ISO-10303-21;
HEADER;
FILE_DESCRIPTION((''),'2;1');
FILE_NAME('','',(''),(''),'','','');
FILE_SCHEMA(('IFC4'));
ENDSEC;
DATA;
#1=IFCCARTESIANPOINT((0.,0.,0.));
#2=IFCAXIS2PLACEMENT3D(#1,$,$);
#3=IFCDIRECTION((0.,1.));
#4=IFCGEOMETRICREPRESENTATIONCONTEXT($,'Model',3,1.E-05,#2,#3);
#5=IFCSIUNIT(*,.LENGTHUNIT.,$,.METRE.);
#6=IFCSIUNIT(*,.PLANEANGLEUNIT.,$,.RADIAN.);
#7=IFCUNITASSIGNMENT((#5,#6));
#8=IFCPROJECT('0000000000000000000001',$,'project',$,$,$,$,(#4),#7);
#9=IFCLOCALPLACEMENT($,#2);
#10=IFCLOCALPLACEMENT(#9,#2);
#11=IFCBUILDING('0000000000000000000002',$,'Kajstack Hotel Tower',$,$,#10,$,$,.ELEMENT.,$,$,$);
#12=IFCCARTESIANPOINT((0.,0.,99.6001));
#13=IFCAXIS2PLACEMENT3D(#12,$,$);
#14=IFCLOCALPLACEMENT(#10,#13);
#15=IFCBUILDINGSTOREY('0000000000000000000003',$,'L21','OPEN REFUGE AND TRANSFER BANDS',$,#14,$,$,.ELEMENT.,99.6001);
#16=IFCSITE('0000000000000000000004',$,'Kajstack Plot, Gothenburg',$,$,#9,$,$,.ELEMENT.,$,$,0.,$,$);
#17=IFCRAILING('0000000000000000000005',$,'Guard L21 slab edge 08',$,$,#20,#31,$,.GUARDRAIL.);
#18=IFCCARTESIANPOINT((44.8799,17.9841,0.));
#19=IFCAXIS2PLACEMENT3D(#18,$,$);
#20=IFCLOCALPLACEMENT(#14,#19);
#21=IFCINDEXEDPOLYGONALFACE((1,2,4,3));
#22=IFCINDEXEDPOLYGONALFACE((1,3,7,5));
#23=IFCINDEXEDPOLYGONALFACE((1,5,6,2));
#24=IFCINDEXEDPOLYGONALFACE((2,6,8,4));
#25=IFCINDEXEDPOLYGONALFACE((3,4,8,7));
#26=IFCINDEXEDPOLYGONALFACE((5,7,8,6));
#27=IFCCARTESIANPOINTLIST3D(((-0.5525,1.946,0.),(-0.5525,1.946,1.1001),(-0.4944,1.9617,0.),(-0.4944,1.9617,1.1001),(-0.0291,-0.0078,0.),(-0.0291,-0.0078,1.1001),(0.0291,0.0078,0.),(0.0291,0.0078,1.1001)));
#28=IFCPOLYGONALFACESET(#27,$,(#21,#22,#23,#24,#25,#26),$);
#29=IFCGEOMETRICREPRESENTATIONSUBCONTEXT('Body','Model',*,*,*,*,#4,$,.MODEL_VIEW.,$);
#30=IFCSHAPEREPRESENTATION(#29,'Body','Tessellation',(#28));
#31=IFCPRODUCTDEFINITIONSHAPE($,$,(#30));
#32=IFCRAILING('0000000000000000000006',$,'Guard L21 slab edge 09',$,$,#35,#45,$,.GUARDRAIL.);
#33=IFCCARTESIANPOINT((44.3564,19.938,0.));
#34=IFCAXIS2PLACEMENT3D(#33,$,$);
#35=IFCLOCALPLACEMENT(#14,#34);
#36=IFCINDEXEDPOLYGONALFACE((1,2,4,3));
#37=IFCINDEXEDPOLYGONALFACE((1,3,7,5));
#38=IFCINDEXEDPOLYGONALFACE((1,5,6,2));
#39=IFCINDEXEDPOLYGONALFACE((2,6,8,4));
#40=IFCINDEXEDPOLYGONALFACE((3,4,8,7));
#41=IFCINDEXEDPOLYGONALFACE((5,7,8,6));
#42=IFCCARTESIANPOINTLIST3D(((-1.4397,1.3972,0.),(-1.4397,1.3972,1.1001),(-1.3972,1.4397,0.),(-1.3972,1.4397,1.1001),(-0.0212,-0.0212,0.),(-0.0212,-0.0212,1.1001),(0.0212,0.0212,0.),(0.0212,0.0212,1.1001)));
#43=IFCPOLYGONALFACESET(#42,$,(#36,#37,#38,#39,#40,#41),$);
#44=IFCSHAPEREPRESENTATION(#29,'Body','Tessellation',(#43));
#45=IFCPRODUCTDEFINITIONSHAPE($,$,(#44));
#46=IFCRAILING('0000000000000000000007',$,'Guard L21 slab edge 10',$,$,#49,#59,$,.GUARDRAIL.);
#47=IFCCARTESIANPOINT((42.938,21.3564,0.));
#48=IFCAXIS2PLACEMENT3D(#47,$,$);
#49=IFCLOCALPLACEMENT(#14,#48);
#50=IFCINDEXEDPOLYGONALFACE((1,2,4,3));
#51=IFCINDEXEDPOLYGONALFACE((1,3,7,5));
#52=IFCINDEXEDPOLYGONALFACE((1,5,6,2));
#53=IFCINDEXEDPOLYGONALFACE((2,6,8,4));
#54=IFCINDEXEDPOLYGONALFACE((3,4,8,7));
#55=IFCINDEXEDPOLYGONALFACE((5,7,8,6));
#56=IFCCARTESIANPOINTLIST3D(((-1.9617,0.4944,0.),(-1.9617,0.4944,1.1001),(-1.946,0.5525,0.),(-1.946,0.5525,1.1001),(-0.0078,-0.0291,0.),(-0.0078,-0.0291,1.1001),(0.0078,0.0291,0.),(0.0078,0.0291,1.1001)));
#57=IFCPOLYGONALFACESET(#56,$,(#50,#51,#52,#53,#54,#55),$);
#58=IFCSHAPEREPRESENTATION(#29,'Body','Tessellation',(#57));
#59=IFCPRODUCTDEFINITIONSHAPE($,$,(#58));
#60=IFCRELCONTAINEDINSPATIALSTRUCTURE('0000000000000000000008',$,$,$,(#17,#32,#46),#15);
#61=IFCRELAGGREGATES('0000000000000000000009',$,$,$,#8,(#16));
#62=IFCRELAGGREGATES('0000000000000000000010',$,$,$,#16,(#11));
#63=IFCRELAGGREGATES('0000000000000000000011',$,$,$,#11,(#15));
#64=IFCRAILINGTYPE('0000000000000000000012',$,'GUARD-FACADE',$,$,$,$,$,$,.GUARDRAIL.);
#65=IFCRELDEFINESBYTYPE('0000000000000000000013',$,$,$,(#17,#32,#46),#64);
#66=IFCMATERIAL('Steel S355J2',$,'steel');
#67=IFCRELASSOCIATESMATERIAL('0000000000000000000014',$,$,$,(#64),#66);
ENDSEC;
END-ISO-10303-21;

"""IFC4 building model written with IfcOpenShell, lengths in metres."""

from ifc_helpers import new_model, si_unit, direction, frame, origin, place, context, subcontext, project, spatial, polyline, outline, extrude, material, type_object, element, save


model = new_model("IFC4")

# Units and contexts
model_context = context("Model", 3, precision=1e-05, world=origin(), true_north=direction((0.0, 1.0)))
body_context = subcontext(model_context, "Body", "Model", "MODEL_VIEW")
ifc_project = project(units=[si_unit("LENGTHUNIT", "METRE"), si_unit("PLANEANGLEUNIT", "RADIAN")], contexts=[model_context])

# Site, building, storey
site_placement = place(None, origin())
site = spatial("IfcSite", under=ifc_project, at=site_placement, Name="Kajstack Plot, Gothenburg", CompositionType="ELEMENT", RefElevation=0.0)
building_placement = place(site_placement, origin())
building = spatial("IfcBuilding", under=site, at=building_placement, Name="Kajstack Hotel Tower", CompositionType="ELEMENT")
storey_placement = place(building_placement, frame((0.0, 0.0, 99.6001)))
storey = spatial("IfcBuildingStorey", under=building, at=storey_placement, Name="L21", Description="OPEN REFUGE AND TRANSFER BANDS", CompositionType="ELEMENT", Elevation=99.6001)

# Railings
ifc_material_1 = material(Name="Steel S355J2", Category="steel")
railing_type_1 = type_object("IfcRailingType", Name="GUARD-FACADE", PredefinedType="GUARDRAIL", material=ifc_material_1)
railing_1_placement = place(storey_placement, frame((44.8799, 17.9841, 0.0)))
element("IfcRailing", 1, at=railing_1_placement, inside=storey, type_object=railing_type_1, Name="Guard L21 slab edge 08", PredefinedType="GUARDRAIL", context=body_context, shape_type="SweptSolid", body=[
    extrude(outline(polyline([(-0.5525, 1.946), (-0.4944, 1.9617), (0.0291, 0.0078), (-0.0291, -0.0078), (-0.5525, 1.946)])), origin(), (0.0, 0.0, 1.0), 1.1001),
])
railing_2_placement = place(storey_placement, frame((44.3564, 19.938, 0.0)))
element("IfcRailing", 2, at=railing_2_placement, inside=storey, type_object=railing_type_1, Name="Guard L21 slab edge 09", PredefinedType="GUARDRAIL", context=body_context, shape_type="SweptSolid", body=[
    extrude(outline(polyline([(-1.4397, 1.3972), (-1.3972, 1.4397), (0.0212, 0.0212), (-0.0212, -0.0212), (-1.4397, 1.3972)])), origin(), (0.0, 0.0, 1.0), 1.1001),
])
railing_3_placement = place(storey_placement, frame((42.938, 21.3564, 0.0)))
element("IfcRailing", 3, at=railing_3_placement, inside=storey, type_object=railing_type_1, Name="Guard L21 slab edge 10", PredefinedType="GUARDRAIL", context=body_context, shape_type="SweptSolid", body=[
    extrude(outline(polyline([(-1.9617, 0.4944), (-1.946, 0.5525), (0.0078, 0.0291), (-0.0078, -0.0291), (-1.9617, 0.4944)])), origin(), (0.0, 0.0, 1.0), 1.1001),
])

save(model, "model.ifc")
